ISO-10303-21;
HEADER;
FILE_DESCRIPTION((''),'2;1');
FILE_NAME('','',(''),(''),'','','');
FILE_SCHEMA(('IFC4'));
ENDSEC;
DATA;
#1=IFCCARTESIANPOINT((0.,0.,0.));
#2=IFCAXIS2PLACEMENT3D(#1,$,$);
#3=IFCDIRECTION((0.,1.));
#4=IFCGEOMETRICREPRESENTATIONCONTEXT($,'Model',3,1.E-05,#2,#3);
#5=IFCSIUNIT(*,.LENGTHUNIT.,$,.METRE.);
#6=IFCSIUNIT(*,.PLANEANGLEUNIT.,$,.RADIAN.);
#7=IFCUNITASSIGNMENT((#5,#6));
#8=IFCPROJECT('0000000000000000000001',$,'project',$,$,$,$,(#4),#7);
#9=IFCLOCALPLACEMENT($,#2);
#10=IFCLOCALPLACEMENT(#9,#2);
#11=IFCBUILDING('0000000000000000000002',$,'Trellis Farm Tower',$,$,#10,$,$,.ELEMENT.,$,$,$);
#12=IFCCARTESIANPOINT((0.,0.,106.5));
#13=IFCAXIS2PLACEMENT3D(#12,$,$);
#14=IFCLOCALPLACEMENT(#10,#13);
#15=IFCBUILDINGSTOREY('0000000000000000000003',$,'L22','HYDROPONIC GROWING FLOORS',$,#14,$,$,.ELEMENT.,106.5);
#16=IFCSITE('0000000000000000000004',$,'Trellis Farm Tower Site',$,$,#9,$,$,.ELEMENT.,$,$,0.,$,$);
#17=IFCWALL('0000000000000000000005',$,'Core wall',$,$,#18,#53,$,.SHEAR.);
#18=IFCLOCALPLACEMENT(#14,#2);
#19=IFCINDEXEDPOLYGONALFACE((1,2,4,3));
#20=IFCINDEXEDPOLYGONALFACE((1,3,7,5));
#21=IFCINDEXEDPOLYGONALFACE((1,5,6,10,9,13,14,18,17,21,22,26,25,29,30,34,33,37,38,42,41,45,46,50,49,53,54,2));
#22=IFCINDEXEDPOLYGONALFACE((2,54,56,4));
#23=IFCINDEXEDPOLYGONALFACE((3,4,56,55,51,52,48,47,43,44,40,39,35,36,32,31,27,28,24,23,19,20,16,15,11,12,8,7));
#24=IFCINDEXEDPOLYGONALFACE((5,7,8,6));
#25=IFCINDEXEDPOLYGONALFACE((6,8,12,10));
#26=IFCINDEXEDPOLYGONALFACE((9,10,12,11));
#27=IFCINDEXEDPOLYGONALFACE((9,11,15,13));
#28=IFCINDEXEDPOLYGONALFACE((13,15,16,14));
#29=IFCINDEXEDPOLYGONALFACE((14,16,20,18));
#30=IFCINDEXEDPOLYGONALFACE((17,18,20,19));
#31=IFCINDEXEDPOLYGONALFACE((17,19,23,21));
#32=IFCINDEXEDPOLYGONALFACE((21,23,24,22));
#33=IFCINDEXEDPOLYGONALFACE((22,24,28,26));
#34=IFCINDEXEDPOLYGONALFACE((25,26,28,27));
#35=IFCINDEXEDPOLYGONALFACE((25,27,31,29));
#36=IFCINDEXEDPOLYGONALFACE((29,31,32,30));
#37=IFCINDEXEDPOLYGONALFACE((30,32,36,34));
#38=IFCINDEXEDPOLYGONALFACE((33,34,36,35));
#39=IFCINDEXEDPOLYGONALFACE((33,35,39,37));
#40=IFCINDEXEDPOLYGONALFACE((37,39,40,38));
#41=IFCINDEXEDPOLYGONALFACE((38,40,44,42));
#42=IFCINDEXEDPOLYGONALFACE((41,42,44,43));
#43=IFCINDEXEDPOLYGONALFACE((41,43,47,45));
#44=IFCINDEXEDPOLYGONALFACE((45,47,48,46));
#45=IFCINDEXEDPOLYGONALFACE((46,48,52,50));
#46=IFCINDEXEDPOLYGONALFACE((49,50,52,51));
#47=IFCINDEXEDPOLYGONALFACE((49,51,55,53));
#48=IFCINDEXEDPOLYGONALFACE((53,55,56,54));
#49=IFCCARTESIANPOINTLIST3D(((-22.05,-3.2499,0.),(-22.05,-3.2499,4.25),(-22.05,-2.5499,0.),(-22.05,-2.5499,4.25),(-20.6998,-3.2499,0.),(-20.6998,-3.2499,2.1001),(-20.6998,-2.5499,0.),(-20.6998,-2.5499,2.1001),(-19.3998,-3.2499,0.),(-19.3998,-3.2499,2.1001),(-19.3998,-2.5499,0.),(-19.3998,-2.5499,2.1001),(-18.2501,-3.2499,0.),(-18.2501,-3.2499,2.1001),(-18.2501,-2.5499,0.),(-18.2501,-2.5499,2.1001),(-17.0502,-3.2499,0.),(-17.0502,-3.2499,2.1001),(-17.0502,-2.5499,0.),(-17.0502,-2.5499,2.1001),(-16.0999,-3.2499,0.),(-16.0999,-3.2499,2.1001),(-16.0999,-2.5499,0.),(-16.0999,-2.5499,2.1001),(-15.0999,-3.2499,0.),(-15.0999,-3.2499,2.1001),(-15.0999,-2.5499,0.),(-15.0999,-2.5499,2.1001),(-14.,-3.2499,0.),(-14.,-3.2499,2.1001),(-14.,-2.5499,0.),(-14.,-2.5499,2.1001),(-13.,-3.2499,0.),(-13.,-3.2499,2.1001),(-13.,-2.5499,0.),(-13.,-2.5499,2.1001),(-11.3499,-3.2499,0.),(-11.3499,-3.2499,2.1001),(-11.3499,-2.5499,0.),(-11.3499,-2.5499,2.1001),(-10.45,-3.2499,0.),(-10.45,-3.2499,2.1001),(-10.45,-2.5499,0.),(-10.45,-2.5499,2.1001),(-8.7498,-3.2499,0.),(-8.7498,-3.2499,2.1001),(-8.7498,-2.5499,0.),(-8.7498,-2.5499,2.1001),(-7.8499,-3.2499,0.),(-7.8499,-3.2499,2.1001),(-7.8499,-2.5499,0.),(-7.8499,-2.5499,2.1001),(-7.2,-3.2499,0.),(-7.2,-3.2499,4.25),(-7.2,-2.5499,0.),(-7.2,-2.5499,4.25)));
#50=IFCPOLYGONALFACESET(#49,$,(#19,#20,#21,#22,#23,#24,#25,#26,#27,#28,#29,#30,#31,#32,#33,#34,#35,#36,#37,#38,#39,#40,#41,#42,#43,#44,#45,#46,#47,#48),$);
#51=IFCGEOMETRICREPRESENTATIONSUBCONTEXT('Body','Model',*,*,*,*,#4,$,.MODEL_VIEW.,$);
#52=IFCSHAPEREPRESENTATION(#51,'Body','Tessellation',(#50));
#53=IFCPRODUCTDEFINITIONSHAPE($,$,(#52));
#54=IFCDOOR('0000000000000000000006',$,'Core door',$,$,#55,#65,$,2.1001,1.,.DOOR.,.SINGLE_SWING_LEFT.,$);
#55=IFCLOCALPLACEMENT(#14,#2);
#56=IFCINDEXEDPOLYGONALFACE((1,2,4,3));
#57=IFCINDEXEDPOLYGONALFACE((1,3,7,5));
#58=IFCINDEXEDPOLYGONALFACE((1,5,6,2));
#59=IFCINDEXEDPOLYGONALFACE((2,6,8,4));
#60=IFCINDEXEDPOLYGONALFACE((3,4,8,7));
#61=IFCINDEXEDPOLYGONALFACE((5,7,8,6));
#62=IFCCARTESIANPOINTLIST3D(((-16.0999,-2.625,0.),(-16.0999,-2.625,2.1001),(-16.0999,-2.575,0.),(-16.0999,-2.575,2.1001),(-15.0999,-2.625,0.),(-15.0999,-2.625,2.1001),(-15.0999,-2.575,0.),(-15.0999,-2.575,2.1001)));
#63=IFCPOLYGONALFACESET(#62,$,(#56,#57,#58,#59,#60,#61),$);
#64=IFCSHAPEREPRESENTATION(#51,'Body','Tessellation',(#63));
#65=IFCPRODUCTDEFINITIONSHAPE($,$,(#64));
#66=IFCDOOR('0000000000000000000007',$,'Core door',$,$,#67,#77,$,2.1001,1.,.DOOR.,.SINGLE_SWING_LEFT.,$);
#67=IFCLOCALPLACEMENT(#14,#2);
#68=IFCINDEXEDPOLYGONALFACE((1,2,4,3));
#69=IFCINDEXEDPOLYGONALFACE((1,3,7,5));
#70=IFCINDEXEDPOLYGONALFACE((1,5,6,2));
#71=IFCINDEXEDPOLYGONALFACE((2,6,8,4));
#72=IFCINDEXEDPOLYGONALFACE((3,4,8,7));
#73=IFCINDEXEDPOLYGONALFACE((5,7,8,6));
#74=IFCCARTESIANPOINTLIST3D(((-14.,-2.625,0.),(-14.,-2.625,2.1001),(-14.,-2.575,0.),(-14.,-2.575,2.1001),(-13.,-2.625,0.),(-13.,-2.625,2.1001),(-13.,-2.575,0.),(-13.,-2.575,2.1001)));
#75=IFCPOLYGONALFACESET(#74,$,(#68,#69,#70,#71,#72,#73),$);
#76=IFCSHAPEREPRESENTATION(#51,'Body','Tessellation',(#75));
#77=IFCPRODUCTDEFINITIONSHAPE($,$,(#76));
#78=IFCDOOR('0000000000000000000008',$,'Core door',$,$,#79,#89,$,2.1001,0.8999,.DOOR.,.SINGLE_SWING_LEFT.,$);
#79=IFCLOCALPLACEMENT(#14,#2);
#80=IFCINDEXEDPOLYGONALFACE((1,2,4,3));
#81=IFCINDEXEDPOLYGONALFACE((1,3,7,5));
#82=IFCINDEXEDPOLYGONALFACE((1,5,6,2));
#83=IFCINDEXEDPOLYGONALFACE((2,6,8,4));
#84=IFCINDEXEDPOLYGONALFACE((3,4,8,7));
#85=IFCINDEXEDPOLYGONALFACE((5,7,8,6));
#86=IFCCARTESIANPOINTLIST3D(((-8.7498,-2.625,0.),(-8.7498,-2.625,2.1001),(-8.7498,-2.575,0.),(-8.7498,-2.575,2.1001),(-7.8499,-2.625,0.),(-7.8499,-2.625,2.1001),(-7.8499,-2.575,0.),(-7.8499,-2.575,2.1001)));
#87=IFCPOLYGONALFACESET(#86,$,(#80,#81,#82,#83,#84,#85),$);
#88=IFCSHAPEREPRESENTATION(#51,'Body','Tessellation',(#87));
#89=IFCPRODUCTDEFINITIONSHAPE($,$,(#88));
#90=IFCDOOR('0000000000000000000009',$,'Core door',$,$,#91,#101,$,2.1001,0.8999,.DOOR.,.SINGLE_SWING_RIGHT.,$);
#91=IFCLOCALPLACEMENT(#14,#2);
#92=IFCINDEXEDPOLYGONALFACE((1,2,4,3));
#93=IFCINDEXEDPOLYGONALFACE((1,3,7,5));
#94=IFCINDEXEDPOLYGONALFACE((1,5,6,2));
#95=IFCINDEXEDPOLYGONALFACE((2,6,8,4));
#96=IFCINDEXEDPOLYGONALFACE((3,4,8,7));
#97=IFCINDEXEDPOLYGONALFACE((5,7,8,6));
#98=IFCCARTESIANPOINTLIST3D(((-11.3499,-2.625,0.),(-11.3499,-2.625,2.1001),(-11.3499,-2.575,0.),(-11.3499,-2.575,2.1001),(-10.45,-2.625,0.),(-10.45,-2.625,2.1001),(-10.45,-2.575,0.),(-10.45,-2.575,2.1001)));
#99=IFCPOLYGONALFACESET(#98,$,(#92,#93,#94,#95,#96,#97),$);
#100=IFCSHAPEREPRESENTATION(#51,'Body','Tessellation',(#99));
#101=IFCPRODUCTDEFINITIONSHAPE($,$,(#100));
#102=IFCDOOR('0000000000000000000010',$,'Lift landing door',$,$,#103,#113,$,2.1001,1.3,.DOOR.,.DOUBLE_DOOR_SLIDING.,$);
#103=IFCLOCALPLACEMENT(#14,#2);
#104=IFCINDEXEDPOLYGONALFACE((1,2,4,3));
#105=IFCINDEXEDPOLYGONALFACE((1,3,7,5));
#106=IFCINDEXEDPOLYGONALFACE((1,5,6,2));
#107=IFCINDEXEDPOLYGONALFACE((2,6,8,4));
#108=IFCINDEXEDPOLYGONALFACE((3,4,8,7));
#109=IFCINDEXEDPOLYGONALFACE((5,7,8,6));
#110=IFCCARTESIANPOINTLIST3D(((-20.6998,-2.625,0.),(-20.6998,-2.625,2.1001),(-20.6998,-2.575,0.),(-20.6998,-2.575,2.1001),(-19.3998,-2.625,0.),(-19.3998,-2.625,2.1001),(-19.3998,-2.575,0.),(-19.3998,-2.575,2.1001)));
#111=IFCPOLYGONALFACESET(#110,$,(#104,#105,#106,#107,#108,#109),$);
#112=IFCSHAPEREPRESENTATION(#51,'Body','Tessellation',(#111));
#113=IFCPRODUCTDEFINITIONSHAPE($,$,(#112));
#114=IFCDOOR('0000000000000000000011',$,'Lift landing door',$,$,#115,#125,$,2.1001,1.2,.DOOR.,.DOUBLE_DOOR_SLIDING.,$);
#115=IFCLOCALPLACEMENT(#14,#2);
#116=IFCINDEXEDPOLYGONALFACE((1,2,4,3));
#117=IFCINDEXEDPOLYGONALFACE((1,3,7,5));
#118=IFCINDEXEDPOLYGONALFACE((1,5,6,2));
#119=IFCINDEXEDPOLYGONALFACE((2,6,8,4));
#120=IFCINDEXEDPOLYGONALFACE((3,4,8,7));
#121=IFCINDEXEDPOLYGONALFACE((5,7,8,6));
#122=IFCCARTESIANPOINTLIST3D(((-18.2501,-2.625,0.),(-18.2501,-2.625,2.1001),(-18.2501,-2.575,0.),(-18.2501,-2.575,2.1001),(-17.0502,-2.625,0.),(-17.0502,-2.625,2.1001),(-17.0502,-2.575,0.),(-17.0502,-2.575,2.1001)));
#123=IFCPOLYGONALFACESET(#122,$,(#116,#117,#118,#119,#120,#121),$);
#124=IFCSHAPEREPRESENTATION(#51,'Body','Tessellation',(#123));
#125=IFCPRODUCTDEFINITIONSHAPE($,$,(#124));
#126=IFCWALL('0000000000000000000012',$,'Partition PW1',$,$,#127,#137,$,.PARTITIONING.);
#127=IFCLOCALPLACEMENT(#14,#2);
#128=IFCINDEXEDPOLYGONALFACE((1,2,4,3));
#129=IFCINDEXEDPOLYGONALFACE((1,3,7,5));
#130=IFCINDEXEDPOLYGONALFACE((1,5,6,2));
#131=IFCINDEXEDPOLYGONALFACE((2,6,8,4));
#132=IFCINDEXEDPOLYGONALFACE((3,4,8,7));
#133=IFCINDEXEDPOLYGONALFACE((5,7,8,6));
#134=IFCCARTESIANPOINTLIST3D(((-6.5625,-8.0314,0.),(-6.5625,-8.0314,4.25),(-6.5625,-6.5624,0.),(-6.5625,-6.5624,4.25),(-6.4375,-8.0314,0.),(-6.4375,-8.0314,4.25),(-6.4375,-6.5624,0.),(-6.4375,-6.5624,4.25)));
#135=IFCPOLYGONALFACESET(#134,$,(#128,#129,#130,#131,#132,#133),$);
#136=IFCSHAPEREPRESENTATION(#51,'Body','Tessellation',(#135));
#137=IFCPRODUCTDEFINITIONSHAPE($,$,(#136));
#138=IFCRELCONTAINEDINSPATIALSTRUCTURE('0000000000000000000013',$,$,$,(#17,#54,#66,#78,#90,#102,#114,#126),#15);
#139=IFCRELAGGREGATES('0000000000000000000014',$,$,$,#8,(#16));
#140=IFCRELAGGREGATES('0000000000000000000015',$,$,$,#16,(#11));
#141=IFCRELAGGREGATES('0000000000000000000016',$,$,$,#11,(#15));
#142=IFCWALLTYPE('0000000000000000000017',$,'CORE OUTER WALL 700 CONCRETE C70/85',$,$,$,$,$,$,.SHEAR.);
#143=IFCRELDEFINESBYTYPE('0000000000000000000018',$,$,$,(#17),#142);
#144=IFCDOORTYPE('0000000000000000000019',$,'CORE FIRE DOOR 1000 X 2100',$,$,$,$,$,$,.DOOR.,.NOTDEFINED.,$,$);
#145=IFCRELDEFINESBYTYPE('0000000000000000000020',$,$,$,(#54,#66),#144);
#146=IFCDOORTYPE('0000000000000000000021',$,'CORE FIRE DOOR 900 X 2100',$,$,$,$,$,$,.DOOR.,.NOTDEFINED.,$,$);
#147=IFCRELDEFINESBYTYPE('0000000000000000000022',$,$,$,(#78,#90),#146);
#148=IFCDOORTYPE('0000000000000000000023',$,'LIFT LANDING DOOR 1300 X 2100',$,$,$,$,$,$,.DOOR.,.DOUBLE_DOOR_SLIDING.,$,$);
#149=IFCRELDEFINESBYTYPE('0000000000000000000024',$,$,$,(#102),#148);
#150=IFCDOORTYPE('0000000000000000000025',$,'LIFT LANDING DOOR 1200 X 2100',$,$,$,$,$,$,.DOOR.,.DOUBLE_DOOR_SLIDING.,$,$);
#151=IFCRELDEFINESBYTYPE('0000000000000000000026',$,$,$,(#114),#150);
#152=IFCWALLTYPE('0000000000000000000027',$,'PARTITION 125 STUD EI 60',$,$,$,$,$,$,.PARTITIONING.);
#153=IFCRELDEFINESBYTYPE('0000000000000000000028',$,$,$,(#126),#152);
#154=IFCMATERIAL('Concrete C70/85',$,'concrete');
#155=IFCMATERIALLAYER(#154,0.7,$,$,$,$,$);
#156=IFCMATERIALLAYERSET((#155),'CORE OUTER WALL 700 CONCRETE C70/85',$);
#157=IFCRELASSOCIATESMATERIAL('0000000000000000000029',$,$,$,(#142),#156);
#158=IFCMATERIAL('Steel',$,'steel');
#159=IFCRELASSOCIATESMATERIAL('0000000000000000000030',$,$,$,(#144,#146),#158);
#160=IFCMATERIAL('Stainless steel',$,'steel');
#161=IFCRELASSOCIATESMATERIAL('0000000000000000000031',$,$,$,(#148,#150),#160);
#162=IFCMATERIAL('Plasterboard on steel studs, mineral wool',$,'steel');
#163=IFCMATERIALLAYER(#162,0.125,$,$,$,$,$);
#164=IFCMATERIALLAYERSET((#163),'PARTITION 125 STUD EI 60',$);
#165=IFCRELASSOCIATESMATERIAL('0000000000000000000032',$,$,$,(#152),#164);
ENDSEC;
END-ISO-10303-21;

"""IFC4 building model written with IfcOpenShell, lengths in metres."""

from ifc_helpers import new_model, si_unit, direction, frame, frame_2d, origin, place, context, subcontext, project, spatial, rectangle, extrude, source, transform, mapped, material, layer, layer_set, type_object, element, fill, save


model = new_model("IFC4")

# Units and contexts
model_context = context("Model", 3, precision=1e-05, world=origin(), true_north=direction((0.0, 1.0)))
body_context = subcontext(model_context, "Body", "Model", "MODEL_VIEW")
ifc_project = project(units=[si_unit("LENGTHUNIT", "METRE"), si_unit("PLANEANGLEUNIT", "RADIAN")], contexts=[model_context])

# Site, building, storey
site_placement = place(None, origin())
site = spatial("IfcSite", under=ifc_project, at=site_placement, Name="Trellis Farm Tower Site", CompositionType="ELEMENT", RefElevation=0.0)
building_placement = place(site_placement, origin())
building = spatial("IfcBuilding", under=site, at=building_placement, Name="Trellis Farm Tower", CompositionType="ELEMENT")
storey_placement = place(building_placement, frame((0.0, 0.0, 106.5)))
storey = spatial("IfcBuildingStorey", under=building, at=storey_placement, Name="L22", Description="HYDROPONIC GROWING FLOORS", CompositionType="ELEMENT", Elevation=106.5)

# Shared definitions
ifc_material_1 = material(Name="Concrete C70/85", Category="concrete")

# Wall, openings, doors
ifc_layer_1 = layer(ifc_material_1, 0.7)
ifc_layer_set_1 = layer_set([ifc_layer_1], Name="CORE OUTER WALL 700 CONCRETE C70/85")
wall_type_1 = type_object("IfcWallType", Name="CORE OUTER WALL 700 CONCRETE C70/85", PredefinedType="SHEAR", material=ifc_layer_set_1)
shared_shape_1 = source(origin(), body_context, "Body", "SweptSolid", [
    extrude(rectangle(XDim=14.8501, YDim=0.7, at=frame_2d((7.425, 0.0))), origin(), (0.0, 0.0, 1.0), 4.25),
])
wall_1_placement = place(storey_placement, frame((-7.2, -2.8999, 0.0), z_axis=(0.0, 0.0, 1.0), x_axis=(-1.0, 0.0, 0.0)))
wall_1 = element("IfcWall", 1, at=wall_1_placement, inside=storey, type_object=wall_type_1, Name="Core wall", PredefinedType="SHEAR", context=body_context, shape_type="MappedRepresentation", body=[
    mapped(shared_shape_1, transform((0.0, 0.0, 0.0))),
])
shared_shape_2 = source(origin(), body_context, "Body", "SweptSolid", [
    extrude(rectangle(XDim=1.3, YDim=2.1001, at=frame_2d((0.6499, 1.05))), frame((0.0, 0.3601, 0.0), z_axis=(0.0, -1.0, 0.0), x_axis=(1.0, 0.0, 0.0)), (0.0, 0.0, 1.0), 0.7202),
])
opening_1_placement = place(wall_1_placement, frame((12.2, 0.0, 0.0)))
opening_1 = element("IfcOpeningElement", 2, at=opening_1_placement, cuts=wall_1, PredefinedType="OPENING", context=body_context, shape_type="MappedRepresentation", body=[
    mapped(shared_shape_2, transform((0.0, 0.0, 0.0))),
])
shared_shape_3 = source(origin(), body_context, "Body", "SweptSolid", [
    extrude(rectangle(XDim=1.2, YDim=2.1001, at=frame_2d((0.6001, 1.05))), frame((0.0, 0.3601, 0.0), z_axis=(0.0, -1.0, 0.0), x_axis=(1.0, 0.0, 0.0)), (0.0, 0.0, 1.0), 0.7202),
])
opening_2_placement = place(wall_1_placement, frame((9.8501, 0.0, 0.0)))
opening_2 = element("IfcOpeningElement", 3, at=opening_2_placement, cuts=wall_1, PredefinedType="OPENING", context=body_context, shape_type="MappedRepresentation", body=[
    mapped(shared_shape_3, transform((0.0, 0.0, 0.0))),
])
shared_shape_4 = source(origin(), body_context, "Body", "SweptSolid", [
    extrude(rectangle(XDim=1.0, YDim=2.1001, at=frame_2d((0.5, 1.05))), frame((0.0, 0.3601, 0.0), z_axis=(0.0, -1.0, 0.0), x_axis=(1.0, 0.0, 0.0)), (0.0, 0.0, 1.0), 0.7202),
])
opening_3_placement = place(wall_1_placement, frame((7.8999, 0.0, 0.0)))
opening_3 = element("IfcOpeningElement", 4, at=opening_3_placement, cuts=wall_1, PredefinedType="OPENING", context=body_context, shape_type="MappedRepresentation", body=[
    mapped(shared_shape_4, transform((0.0, 0.0, 0.0))),
])
shared_shape_5 = source(origin(), body_context, "Body", "SweptSolid", [
    extrude(rectangle(XDim=0.8999, YDim=2.1001, at=frame_2d((0.45, 1.05))), frame((0.0, 0.3601, 0.0), z_axis=(0.0, -1.0, 0.0), x_axis=(1.0, 0.0, 0.0)), (0.0, 0.0, 1.0), 0.7202),
])
opening_4_placement = place(wall_1_placement, frame((0.6499, 0.0, 0.0)))
opening_4 = element("IfcOpeningElement", 5, at=opening_4_placement, cuts=wall_1, PredefinedType="OPENING", context=body_context, shape_type="MappedRepresentation", body=[
    mapped(shared_shape_5, transform((0.0, 0.0, 0.0))),
])
opening_5_placement = place(wall_1_placement, frame((3.25, 0.0, 0.0)))
opening_5 = element("IfcOpeningElement", 6, at=opening_5_placement, cuts=wall_1, PredefinedType="OPENING", context=body_context, shape_type="MappedRepresentation", body=[
    mapped(shared_shape_5, transform((0.0, 0.0, 0.0))),
])
opening_6_placement = place(wall_1_placement, frame((5.8, 0.0, 0.0)))
opening_6 = element("IfcOpeningElement", 7, at=opening_6_placement, cuts=wall_1, PredefinedType="OPENING", context=body_context, shape_type="MappedRepresentation", body=[
    mapped(shared_shape_4, transform((0.0, 0.0, 0.0))),
])
ifc_material_2 = material(Name="Steel", Category="steel")
door_type_1 = type_object("IfcDoorType", Name="CORE FIRE DOOR 1000 X 2100", OperationType="NOTDEFINED", PredefinedType="DOOR", material=ifc_material_2)
shared_shape_6 = source(origin(), body_context, "Body", "SweptSolid", [
    extrude(rectangle(XDim=1.0, YDim=2.1001, at=frame_2d((0.5, 1.05))), frame((0.0, -0.2749, 0.0), z_axis=(0.0, -1.0, 0.0), x_axis=(1.0, 0.0, 0.0)), (0.0, 0.0, 1.0), 0.05),
])
door_1_placement = place(opening_3_placement, origin())
door_1 = element("IfcDoor", 8, at=door_1_placement, inside=storey, type_object=door_type_1, Name="Core door", OperationType="SINGLE_SWING_LEFT", OverallHeight=2.1001, OverallWidth=1.0, PredefinedType="DOOR", context=body_context, shape_type="MappedRepresentation", body=[
    mapped(shared_shape_6, transform((0.0, 0.0, 0.0))),
])
fill(opening_3, door_1)
door_2_placement = place(opening_6_placement, origin())
door_2 = element("IfcDoor", 9, at=door_2_placement, inside=storey, type_object=door_type_1, Name="Core door", OperationType="SINGLE_SWING_LEFT", OverallHeight=2.1001, OverallWidth=1.0, PredefinedType="DOOR", context=body_context, shape_type="MappedRepresentation", body=[
    mapped(shared_shape_6, transform((0.0, 0.0, 0.0))),
])
fill(opening_6, door_2)
door_type_2 = type_object("IfcDoorType", Name="CORE FIRE DOOR 900 X 2100", OperationType="NOTDEFINED", PredefinedType="DOOR", material=ifc_material_2)
shared_shape_7 = source(origin(), body_context, "Body", "SweptSolid", [
    extrude(rectangle(XDim=0.8999, YDim=2.1001, at=frame_2d((0.45, 1.05))), frame((0.0, -0.2749, 0.0), z_axis=(0.0, -1.0, 0.0), x_axis=(1.0, 0.0, 0.0)), (0.0, 0.0, 1.0), 0.05),
])
door_3_placement = place(opening_4_placement, origin())
door_3 = element("IfcDoor", 10, at=door_3_placement, inside=storey, type_object=door_type_2, Name="Core door", OperationType="SINGLE_SWING_LEFT", OverallHeight=2.1001, OverallWidth=0.8999, PredefinedType="DOOR", context=body_context, shape_type="MappedRepresentation", body=[
    mapped(shared_shape_7, transform((0.0, 0.0, 0.0))),
])
fill(opening_4, door_3)
door_4_placement = place(opening_5_placement, origin())
door_4 = element("IfcDoor", 11, at=door_4_placement, inside=storey, type_object=door_type_2, Name="Core door", OperationType="SINGLE_SWING_RIGHT", OverallHeight=2.1001, OverallWidth=0.8999, PredefinedType="DOOR", context=body_context, shape_type="MappedRepresentation", body=[
    mapped(shared_shape_7, transform((0.0, 0.0, 0.0))),
])
fill(opening_5, door_4)
ifc_material_3 = material(Name="Stainless steel", Category="steel")
door_type_3 = type_object("IfcDoorType", Name="LIFT LANDING DOOR 1300 X 2100", OperationType="DOUBLE_DOOR_SLIDING", PredefinedType="DOOR", material=ifc_material_3)
shared_shape_8 = source(origin(), body_context, "Body", "SweptSolid", [
    extrude(rectangle(XDim=1.3, YDim=2.1001, at=frame_2d((0.6499, 1.05))), frame((0.0, -0.2749, 0.0), z_axis=(0.0, -1.0, 0.0), x_axis=(1.0, 0.0, 0.0)), (0.0, 0.0, 1.0), 0.05),
])
door_5_placement = place(opening_1_placement, origin())
door_5 = element("IfcDoor", 12, at=door_5_placement, inside=storey, type_object=door_type_3, Name="Lift landing door", OperationType="DOUBLE_DOOR_SLIDING", OverallHeight=2.1001, OverallWidth=1.3, PredefinedType="DOOR", context=body_context, shape_type="MappedRepresentation", body=[
    mapped(shared_shape_8, transform((0.0, 0.0, 0.0))),
])
fill(opening_1, door_5)
door_type_4 = type_object("IfcDoorType", Name="LIFT LANDING DOOR 1200 X 2100", OperationType="DOUBLE_DOOR_SLIDING", PredefinedType="DOOR", material=ifc_material_3)
shared_shape_9 = source(origin(), body_context, "Body", "SweptSolid", [
    extrude(rectangle(XDim=1.2, YDim=2.1001, at=frame_2d((0.6001, 1.05))), frame((0.0, -0.2749, 0.0), z_axis=(0.0, -1.0, 0.0), x_axis=(1.0, 0.0, 0.0)), (0.0, 0.0, 1.0), 0.05),
])
door_6_placement = place(opening_2_placement, origin())
door_6 = element("IfcDoor", 13, at=door_6_placement, inside=storey, type_object=door_type_4, Name="Lift landing door", OperationType="DOUBLE_DOOR_SLIDING", OverallHeight=2.1001, OverallWidth=1.2, PredefinedType="DOOR", context=body_context, shape_type="MappedRepresentation", body=[
    mapped(shared_shape_9, transform((0.0, 0.0, 0.0))),
])
fill(opening_2, door_6)

# Wall
ifc_material_4 = material(Name="Plasterboard on steel studs, mineral wool", Category="steel")
ifc_layer_2 = layer(ifc_material_4, 0.125)
ifc_layer_set_2 = layer_set([ifc_layer_2], Name="PARTITION 125 STUD EI 60")
wall_type_2 = type_object("IfcWallType", Name="PARTITION 125 STUD EI 60", PredefinedType="PARTITIONING", material=ifc_layer_set_2)
shared_shape_10 = source(origin(), body_context, "Body", "SweptSolid", [
    extrude(rectangle(XDim=1.469, YDim=0.125, at=frame_2d((0.7344, 0.0))), origin(), (0.0, 0.0, 1.0), 4.25),
])
wall_2_placement = place(storey_placement, frame((-6.5, -6.5625, 0.0), z_axis=(0.0, 0.0, 1.0), x_axis=(0.0, -1.0, 0.0)))
element("IfcWall", 14, at=wall_2_placement, inside=storey, type_object=wall_type_2, Name="Partition PW1", PredefinedType="PARTITIONING", context=body_context, shape_type="MappedRepresentation", body=[
    mapped(shared_shape_10, transform((0.0, 0.0, 0.0))),
])

save(model, "model.ifc")
